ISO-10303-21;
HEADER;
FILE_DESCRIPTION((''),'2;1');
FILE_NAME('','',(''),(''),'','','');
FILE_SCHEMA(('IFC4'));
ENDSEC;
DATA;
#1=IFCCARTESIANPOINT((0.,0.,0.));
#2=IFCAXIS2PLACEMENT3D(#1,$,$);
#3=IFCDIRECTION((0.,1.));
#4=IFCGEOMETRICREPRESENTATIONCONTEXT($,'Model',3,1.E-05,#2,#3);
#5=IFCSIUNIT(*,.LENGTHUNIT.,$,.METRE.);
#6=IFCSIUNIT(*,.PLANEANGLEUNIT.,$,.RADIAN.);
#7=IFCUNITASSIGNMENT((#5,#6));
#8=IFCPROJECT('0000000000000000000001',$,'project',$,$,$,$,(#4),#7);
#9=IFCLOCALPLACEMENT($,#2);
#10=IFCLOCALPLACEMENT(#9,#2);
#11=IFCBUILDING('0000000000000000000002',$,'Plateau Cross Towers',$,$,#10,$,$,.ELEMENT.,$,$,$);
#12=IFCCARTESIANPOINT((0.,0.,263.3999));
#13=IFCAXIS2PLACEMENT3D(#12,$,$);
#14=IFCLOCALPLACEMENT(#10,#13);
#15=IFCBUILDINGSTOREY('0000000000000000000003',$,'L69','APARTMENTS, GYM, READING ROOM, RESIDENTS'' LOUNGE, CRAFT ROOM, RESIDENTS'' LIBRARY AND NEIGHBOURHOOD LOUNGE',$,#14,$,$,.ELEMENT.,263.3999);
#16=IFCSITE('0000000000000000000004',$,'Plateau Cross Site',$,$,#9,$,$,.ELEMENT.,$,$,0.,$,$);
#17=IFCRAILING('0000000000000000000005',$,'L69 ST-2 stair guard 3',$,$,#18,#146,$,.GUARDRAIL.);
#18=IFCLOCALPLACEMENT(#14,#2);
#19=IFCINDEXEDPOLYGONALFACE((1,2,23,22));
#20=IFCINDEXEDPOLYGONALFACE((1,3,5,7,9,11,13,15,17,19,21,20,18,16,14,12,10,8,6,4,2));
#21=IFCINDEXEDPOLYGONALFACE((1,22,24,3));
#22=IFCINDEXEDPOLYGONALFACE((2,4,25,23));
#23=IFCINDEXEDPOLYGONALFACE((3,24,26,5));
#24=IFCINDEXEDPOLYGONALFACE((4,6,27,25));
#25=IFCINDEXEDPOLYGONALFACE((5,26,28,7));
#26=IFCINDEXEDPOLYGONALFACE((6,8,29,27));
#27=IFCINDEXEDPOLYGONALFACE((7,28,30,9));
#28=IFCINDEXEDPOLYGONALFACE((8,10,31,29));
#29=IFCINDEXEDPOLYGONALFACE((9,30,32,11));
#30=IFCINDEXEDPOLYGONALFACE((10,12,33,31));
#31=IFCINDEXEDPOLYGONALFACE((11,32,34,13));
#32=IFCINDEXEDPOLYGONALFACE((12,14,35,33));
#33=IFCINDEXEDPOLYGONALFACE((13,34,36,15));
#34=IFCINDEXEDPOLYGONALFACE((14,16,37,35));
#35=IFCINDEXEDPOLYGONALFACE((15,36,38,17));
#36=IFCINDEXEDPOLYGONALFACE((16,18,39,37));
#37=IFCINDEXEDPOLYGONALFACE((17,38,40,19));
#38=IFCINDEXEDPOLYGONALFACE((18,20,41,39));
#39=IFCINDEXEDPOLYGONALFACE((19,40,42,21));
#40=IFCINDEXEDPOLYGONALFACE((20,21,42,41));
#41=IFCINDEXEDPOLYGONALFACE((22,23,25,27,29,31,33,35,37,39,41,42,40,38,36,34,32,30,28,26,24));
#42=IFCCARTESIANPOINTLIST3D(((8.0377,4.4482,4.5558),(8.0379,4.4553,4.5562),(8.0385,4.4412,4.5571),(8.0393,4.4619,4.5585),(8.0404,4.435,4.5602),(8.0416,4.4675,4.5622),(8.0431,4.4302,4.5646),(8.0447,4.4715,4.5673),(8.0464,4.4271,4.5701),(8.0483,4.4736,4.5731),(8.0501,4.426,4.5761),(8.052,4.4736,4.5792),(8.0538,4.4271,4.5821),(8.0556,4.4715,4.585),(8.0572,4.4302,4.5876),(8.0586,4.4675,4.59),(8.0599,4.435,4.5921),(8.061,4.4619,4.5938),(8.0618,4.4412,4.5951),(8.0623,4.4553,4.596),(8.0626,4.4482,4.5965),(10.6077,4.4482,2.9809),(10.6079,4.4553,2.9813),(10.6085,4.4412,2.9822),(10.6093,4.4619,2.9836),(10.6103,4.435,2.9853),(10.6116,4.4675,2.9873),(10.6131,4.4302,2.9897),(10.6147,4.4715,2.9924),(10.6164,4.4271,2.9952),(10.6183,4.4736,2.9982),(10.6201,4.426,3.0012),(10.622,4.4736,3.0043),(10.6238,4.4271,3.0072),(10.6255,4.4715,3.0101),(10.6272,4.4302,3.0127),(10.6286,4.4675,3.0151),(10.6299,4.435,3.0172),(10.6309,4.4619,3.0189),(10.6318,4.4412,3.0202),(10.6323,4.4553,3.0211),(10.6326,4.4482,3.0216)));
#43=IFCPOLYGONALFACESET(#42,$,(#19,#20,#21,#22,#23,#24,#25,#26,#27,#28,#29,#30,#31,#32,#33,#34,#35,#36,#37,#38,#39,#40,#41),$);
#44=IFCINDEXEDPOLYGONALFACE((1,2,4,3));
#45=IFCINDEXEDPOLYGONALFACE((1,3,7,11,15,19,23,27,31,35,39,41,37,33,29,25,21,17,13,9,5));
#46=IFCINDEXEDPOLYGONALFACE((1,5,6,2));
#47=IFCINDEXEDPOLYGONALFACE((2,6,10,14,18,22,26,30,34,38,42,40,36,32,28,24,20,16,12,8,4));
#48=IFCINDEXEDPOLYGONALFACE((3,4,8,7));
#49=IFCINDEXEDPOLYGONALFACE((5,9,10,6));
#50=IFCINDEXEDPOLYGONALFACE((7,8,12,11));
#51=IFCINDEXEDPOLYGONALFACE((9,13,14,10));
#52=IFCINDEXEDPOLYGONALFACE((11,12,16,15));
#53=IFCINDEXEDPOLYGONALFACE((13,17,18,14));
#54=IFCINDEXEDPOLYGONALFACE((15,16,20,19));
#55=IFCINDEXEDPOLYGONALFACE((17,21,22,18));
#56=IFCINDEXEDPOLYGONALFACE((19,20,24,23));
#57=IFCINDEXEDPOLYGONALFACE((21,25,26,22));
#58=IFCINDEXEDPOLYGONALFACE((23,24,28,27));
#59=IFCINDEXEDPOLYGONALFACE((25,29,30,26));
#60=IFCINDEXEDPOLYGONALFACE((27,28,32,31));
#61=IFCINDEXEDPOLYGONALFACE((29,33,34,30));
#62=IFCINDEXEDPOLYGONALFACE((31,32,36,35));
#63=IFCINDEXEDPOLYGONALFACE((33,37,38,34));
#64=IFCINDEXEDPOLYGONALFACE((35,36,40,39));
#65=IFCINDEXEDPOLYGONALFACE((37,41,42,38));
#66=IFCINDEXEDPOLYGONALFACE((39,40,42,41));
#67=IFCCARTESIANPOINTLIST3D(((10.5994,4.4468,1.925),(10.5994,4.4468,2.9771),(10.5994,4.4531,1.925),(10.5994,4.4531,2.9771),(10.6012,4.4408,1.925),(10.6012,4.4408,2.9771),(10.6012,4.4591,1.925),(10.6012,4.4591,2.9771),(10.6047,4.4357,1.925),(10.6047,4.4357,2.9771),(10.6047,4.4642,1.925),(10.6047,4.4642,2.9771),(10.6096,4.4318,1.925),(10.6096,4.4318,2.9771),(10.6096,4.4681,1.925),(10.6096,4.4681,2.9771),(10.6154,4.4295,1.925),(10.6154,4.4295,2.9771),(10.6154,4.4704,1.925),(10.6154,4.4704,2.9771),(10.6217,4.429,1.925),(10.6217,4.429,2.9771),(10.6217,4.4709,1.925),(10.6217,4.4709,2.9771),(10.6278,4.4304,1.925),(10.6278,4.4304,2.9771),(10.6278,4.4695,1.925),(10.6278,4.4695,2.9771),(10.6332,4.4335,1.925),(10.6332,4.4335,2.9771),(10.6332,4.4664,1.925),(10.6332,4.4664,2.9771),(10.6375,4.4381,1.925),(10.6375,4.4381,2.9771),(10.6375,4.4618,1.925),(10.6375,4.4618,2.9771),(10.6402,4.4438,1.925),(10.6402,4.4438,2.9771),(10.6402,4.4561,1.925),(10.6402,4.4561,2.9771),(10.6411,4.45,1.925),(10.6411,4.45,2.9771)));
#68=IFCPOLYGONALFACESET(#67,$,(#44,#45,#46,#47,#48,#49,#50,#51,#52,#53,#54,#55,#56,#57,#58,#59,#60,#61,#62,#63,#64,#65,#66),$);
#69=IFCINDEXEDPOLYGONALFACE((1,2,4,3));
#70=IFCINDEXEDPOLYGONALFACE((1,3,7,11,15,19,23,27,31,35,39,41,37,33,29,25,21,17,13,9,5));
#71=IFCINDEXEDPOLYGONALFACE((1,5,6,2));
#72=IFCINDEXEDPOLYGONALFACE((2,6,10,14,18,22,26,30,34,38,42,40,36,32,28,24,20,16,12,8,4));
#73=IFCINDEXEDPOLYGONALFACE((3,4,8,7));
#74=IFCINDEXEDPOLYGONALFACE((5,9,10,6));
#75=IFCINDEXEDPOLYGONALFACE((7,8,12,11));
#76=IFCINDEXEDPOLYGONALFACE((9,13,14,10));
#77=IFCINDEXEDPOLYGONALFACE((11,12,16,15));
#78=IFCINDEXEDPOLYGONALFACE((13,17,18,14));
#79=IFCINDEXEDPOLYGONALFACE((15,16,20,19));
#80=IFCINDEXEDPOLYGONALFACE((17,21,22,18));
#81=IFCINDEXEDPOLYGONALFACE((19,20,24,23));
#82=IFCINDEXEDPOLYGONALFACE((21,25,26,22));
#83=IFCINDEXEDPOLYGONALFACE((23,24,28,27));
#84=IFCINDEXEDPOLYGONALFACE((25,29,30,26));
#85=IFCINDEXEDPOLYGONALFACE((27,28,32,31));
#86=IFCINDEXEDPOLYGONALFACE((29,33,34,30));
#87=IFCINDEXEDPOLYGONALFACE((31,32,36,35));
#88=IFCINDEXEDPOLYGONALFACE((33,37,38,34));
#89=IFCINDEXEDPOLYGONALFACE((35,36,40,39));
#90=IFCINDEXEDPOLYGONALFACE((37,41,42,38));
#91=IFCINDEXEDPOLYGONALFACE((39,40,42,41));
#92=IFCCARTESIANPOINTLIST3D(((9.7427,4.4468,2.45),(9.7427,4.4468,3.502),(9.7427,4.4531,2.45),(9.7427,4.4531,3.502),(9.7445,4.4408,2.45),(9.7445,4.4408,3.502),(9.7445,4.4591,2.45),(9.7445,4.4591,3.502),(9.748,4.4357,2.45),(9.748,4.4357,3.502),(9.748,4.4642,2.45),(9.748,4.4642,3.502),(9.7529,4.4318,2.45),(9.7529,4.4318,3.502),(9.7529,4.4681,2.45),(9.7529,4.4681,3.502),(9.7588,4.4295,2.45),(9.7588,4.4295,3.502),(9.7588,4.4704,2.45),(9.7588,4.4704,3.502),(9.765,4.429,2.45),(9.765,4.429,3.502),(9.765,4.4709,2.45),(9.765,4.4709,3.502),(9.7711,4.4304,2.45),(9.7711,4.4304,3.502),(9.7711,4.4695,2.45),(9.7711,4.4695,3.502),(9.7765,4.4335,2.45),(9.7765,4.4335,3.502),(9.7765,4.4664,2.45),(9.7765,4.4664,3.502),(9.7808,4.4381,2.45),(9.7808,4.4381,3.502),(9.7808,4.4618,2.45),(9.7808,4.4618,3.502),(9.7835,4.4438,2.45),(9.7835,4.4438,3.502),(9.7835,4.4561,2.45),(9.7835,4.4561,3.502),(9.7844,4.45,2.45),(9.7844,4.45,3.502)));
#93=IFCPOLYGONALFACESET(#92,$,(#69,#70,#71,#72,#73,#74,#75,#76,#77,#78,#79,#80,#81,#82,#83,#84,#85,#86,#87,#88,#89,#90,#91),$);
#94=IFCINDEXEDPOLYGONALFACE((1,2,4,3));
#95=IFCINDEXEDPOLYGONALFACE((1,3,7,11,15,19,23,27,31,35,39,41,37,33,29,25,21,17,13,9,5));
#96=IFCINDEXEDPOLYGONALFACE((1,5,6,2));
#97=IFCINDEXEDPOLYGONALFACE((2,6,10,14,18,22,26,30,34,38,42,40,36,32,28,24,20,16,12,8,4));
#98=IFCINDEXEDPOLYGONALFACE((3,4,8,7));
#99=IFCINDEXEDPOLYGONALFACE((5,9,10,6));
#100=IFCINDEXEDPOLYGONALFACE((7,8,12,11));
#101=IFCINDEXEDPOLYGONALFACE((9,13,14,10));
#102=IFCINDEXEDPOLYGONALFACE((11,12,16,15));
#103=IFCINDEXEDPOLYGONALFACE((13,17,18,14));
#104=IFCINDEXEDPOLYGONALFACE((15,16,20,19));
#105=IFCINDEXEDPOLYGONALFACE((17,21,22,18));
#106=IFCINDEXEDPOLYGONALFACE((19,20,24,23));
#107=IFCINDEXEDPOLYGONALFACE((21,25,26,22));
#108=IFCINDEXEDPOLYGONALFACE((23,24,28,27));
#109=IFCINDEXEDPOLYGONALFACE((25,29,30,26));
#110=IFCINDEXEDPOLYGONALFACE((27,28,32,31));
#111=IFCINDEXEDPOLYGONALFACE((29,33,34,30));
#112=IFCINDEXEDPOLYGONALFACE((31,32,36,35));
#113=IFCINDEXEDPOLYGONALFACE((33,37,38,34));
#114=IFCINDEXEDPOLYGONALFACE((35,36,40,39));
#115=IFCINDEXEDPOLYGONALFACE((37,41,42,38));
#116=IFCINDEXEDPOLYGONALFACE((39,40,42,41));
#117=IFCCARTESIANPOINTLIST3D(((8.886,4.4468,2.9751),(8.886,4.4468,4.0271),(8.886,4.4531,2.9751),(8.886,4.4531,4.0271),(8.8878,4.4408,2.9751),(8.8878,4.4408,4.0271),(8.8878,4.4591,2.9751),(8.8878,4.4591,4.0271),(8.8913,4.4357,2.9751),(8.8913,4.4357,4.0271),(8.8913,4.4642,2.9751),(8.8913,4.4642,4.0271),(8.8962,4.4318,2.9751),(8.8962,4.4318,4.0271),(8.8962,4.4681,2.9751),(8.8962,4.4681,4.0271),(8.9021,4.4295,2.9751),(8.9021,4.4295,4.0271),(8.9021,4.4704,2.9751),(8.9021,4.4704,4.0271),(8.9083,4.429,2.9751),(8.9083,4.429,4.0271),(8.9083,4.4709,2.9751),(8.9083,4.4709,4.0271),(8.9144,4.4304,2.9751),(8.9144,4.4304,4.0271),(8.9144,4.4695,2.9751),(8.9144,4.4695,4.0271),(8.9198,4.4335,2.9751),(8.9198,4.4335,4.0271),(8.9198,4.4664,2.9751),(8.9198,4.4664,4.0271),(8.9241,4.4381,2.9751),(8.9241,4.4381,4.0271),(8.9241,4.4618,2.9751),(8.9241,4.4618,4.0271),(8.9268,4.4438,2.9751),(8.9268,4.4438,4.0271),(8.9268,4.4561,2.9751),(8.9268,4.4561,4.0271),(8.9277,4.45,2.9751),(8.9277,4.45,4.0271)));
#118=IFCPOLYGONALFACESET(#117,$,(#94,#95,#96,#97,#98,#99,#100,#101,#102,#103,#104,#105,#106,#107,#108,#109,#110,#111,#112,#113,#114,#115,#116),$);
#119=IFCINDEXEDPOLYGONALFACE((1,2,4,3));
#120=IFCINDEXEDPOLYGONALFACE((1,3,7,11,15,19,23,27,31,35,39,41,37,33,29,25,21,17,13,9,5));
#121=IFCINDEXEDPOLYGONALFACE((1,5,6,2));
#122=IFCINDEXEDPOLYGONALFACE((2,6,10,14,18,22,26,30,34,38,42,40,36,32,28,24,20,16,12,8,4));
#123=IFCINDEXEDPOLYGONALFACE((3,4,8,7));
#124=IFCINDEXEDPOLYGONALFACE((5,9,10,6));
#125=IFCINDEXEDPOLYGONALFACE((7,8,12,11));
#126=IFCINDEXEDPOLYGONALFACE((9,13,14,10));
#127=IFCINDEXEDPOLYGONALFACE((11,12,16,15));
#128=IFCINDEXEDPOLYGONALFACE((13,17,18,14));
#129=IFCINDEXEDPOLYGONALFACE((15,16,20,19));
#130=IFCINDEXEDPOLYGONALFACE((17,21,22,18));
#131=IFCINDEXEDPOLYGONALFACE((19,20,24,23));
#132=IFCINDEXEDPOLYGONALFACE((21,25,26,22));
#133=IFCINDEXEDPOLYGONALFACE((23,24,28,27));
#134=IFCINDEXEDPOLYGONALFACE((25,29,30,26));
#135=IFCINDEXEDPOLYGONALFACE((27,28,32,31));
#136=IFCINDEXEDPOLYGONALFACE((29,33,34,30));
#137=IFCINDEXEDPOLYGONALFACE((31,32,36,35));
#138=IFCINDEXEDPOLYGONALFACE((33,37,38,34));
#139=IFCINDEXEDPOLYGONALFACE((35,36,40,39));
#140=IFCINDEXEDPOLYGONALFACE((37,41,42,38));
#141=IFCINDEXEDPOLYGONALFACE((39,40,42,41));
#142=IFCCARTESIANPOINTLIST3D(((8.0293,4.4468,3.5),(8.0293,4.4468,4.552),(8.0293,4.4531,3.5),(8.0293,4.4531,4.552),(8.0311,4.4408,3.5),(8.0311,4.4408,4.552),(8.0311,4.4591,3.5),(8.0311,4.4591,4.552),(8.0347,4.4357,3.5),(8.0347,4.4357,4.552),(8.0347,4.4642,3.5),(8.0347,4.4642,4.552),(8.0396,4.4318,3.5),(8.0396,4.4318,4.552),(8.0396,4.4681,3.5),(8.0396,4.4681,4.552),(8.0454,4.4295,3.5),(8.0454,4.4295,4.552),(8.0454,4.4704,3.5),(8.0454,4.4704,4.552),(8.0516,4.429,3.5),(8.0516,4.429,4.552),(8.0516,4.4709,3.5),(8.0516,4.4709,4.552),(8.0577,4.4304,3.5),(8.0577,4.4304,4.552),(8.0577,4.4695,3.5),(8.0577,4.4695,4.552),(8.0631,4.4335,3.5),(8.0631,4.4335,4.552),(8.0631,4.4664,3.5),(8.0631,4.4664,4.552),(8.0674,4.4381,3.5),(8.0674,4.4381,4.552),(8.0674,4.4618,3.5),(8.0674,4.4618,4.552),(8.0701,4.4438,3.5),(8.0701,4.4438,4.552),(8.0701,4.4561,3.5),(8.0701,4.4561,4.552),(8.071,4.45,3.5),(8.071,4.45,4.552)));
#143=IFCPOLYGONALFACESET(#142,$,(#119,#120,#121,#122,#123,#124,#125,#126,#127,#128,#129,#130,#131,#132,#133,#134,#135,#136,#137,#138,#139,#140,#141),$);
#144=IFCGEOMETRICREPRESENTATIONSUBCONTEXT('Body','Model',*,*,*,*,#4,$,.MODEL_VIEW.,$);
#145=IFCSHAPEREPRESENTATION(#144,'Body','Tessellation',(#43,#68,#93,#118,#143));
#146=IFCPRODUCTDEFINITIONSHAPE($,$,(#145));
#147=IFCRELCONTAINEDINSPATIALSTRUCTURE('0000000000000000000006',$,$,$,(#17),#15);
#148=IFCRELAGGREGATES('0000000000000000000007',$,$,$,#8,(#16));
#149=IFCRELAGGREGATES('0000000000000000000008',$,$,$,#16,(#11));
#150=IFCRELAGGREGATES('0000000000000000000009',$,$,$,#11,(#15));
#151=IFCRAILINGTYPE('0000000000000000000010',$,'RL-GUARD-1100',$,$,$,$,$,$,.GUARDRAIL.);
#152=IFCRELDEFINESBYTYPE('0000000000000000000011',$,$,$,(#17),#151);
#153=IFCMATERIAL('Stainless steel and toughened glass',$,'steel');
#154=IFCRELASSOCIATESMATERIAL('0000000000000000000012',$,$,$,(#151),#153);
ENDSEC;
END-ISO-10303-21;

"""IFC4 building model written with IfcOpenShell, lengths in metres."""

from ifc_helpers import new_model, si_unit, direction, frame, origin, origin_2d, place, context, subcontext, project, spatial, circle, extrude, material, type_object, element, save


model = new_model("IFC4")

# Units and contexts
model_context = context("Model", 3, precision=1e-05, world=origin(), true_north=direction((0.0, 1.0)))
body_context = subcontext(model_context, "Body", "Model", "MODEL_VIEW")
ifc_project = project(units=[si_unit("LENGTHUNIT", "METRE"), si_unit("PLANEANGLEUNIT", "RADIAN")], contexts=[model_context])

# Site, building, storey
site_placement = place(None, origin())
site = spatial("IfcSite", under=ifc_project, at=site_placement, Name="Plateau Cross Site", CompositionType="ELEMENT", RefElevation=0.0)
building_placement = place(site_placement, origin())
building = spatial("IfcBuilding", under=site, at=building_placement, Name="Plateau Cross Towers", CompositionType="ELEMENT")
storey_placement = place(building_placement, frame((0.0, 0.0, 263.3999)))
storey = spatial("IfcBuildingStorey", under=building, at=storey_placement, Name="L69", Description="APARTMENTS, GYM, READING ROOM, RESIDENTS' LOUNGE, CRAFT ROOM, RESIDENTS' LIBRARY AND NEIGHBOURHOOD LOUNGE", CompositionType="ELEMENT", Elevation=263.3999)

# Railing
ifc_material_1 = material(Name="Stainless steel and toughened glass", Category="steel")
railing_type_1 = type_object("IfcRailingType", Name="RL-GUARD-1100", PredefinedType="GUARDRAIL", material=ifc_material_1)
railing_1_placement = place(storey_placement, frame((10.6201, 4.45, 1.925)))
element("IfcRailing", 1, at=railing_1_placement, inside=storey, type_object=railing_type_1, Name="L69 ST-2 stair guard 3", PredefinedType="GUARDRAIL", context=body_context, shape_type="SweptSolid", body=[
    extrude(circle(Radius=0.0239, at=origin_2d()), frame((0.0, 0.0, 1.0762), z_axis=(-0.852639, 0.0, 0.522501), x_axis=(0.0, -1.0, 0.0)), (0.0, 0.0, 1.0), 3.0142),
    extrude(circle(Radius=0.021, at=origin_2d()), origin(), (0.0, 0.0, 1.0), 1.052),
    extrude(circle(Radius=0.021, at=origin_2d()), frame((-0.8567, 0.0, 0.5249)), (0.0, 0.0, 1.0), 1.052),
    extrude(circle(Radius=0.021, at=origin_2d()), frame((-1.7134, 0.0, 1.05)), (0.0, 0.0, 1.0), 1.052),
    extrude(circle(Radius=0.021, at=origin_2d()), frame((-2.5701, 0.0, 1.575)), (0.0, 0.0, 1.0), 1.052),
])

save(model, "model.ifc")
